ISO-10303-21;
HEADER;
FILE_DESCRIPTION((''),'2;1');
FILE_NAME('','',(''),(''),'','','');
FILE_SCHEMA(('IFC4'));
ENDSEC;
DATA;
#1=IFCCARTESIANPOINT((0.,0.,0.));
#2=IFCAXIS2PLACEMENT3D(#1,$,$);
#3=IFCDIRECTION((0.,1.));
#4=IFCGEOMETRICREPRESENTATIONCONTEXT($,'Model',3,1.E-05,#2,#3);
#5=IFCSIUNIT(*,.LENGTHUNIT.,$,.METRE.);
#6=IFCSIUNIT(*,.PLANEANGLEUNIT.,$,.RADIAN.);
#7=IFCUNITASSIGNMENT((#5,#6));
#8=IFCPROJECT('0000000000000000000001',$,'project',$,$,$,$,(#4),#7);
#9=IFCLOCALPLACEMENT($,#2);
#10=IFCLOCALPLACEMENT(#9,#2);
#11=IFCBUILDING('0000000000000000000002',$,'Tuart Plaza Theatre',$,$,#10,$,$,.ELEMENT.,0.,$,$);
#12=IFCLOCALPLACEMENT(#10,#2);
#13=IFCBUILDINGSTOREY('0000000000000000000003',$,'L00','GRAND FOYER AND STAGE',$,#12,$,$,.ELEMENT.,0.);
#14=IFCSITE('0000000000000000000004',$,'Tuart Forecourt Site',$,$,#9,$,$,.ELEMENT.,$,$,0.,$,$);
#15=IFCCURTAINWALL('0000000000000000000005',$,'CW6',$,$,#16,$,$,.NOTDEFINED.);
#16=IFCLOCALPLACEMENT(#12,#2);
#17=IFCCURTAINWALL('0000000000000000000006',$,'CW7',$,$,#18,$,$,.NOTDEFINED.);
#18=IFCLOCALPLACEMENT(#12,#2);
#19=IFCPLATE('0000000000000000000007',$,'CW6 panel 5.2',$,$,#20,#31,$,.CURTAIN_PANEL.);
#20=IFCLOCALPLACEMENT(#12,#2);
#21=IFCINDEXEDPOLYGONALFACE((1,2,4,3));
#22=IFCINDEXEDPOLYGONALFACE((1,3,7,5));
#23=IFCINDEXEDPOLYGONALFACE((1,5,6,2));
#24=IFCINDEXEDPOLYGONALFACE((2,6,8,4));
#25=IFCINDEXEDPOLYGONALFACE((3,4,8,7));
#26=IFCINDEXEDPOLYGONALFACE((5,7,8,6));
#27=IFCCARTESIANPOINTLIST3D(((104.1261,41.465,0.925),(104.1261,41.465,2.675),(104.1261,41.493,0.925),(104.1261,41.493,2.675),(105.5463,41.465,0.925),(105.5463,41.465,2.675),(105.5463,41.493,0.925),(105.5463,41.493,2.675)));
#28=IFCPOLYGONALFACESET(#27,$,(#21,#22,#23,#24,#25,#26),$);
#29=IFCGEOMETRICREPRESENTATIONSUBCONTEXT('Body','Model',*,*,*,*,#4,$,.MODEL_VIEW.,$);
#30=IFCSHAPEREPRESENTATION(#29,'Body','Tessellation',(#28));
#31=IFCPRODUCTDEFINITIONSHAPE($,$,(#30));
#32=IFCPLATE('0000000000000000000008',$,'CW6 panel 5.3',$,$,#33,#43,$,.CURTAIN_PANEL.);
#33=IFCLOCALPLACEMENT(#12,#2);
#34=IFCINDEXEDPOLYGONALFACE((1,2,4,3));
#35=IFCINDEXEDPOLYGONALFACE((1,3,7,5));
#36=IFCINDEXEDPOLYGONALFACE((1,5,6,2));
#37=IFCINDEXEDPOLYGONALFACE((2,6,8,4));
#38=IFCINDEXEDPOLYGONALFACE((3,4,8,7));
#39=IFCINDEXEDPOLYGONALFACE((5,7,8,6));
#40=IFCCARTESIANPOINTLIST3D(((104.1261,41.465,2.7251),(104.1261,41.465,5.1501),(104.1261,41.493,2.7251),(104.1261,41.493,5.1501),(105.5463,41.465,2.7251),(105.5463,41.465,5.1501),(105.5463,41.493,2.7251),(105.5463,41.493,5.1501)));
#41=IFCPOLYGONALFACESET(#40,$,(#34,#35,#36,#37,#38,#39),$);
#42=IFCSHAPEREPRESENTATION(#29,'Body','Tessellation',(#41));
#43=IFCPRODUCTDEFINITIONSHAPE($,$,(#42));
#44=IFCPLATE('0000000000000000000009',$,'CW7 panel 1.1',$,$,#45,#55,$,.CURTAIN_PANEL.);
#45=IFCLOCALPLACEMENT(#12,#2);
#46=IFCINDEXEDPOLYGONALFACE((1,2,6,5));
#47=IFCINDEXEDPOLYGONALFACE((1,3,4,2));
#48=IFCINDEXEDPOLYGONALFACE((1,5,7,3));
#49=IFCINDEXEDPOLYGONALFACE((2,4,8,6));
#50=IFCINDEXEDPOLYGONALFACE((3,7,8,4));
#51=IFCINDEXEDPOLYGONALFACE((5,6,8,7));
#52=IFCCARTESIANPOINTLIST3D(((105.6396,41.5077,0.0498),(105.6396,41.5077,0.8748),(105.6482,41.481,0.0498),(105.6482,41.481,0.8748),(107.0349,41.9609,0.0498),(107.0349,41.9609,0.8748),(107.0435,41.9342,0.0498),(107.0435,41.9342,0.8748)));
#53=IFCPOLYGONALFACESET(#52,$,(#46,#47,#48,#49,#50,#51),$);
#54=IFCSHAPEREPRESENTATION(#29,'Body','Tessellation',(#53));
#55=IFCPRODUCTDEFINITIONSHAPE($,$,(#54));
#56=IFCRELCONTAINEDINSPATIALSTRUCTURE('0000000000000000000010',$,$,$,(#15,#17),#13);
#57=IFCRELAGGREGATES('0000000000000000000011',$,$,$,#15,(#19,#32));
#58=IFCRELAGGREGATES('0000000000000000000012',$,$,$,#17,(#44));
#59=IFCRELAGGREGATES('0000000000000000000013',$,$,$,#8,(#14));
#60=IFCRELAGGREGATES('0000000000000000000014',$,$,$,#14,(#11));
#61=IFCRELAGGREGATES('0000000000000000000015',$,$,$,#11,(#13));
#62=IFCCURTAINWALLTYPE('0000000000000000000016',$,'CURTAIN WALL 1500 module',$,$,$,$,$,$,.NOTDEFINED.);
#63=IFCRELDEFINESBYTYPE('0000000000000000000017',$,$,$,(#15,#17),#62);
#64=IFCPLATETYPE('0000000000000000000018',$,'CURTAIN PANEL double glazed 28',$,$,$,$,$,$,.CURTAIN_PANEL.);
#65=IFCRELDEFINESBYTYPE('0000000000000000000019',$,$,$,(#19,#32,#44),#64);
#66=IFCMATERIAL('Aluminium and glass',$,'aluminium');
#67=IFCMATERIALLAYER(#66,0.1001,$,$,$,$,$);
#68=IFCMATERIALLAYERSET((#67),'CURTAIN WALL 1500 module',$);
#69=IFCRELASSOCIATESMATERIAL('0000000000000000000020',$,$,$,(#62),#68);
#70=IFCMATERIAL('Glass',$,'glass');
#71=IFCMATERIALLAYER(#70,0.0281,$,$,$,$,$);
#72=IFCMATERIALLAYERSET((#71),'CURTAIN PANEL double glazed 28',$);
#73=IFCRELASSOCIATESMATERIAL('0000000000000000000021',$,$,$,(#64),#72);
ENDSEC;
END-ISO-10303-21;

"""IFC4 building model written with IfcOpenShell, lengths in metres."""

from ifc_helpers import new_model, si_unit, direction, frame, origin, origin_2d, place, context, subcontext, project, spatial, rectangle, extrude, material, layer, layer_set, type_object, element, aggregate, save


model = new_model("IFC4")

# Units and contexts
model_context = context("Model", 3, precision=1e-05, world=origin(), true_north=direction((0.0, 1.0)))
body_context = subcontext(model_context, "Body", "Model", "MODEL_VIEW")
ifc_project = project(units=[si_unit("LENGTHUNIT", "METRE"), si_unit("PLANEANGLEUNIT", "RADIAN")], contexts=[model_context])

# Site, building, storey
site_placement = place(None, origin())
site = spatial("IfcSite", under=ifc_project, at=site_placement, Name="Tuart Forecourt Site", CompositionType="ELEMENT", RefElevation=0.0)
building_placement = place(site_placement, origin())
building = spatial("IfcBuilding", under=site, at=building_placement, Name="Tuart Plaza Theatre", CompositionType="ELEMENT", ElevationOfRefHeight=0.0)
storey_placement = place(building_placement, origin())
storey = spatial("IfcBuildingStorey", under=building, at=storey_placement, Name="L00", Description="GRAND FOYER AND STAGE", CompositionType="ELEMENT", Elevation=0.0)

# Curtain walls
ifc_material_1 = material(Name="Aluminium and glass", Category="aluminium")
ifc_layer_1 = layer(ifc_material_1, 0.1001)
ifc_layer_set_1 = layer_set([ifc_layer_1], Name="CURTAIN WALL 1500 module")
curtain_wall_type = type_object("IfcCurtainWallType", Name="CURTAIN WALL 1500 module", PredefinedType="NOTDEFINED", material=ifc_layer_set_1)
curtain_wall_1_placement = place(storey_placement, origin())
curtain_wall_1 = element("IfcCurtainWall", 1, at=curtain_wall_1_placement, inside=storey, type_object=curtain_wall_type, Name="CW6", PredefinedType="NOTDEFINED")
curtain_wall_2_placement = place(storey_placement, origin())
curtain_wall_2 = element("IfcCurtainWall", 2, at=curtain_wall_2_placement, inside=storey, type_object=curtain_wall_type, Name="CW7", PredefinedType="NOTDEFINED")

# Plates
ifc_material_2 = material(Name="Glass", Category="glass")
ifc_layer_2 = layer(ifc_material_2, 0.0281)
ifc_layer_set_2 = layer_set([ifc_layer_2], Name="CURTAIN PANEL double glazed 28")
plate_type = type_object("IfcPlateType", Name="CURTAIN PANEL double glazed 28", PredefinedType="CURTAIN_PANEL", material=ifc_layer_set_2)
plate_1_placement = place(storey_placement, frame((104.8362, 41.479, 0.925), z_axis=(0.0, 0.0, 1.0), x_axis=(1.0, 0.0, 0.0)))
plate_1 = element("IfcPlate", 3, at=plate_1_placement, type_object=plate_type, Name="CW6 panel 5.2", PredefinedType="CURTAIN_PANEL", context=body_context, shape_type="SweptSolid", body=[
    extrude(rectangle(XDim=1.4202, YDim=0.0281, at=origin_2d()), origin(), (0.0, 0.0, 1.0), 1.75),
])
plate_2_placement = place(storey_placement, frame((104.8362, 41.479, 2.7251), z_axis=(0.0, 0.0, 1.0), x_axis=(1.0, 0.0, 0.0)))
plate_2 = element("IfcPlate", 4, at=plate_2_placement, type_object=plate_type, Name="CW6 panel 5.3", PredefinedType="CURTAIN_PANEL", context=body_context, shape_type="SweptSolid", body=[
    extrude(rectangle(XDim=1.4202, YDim=0.0281, at=origin_2d()), origin(), (0.0, 0.0, 1.0), 2.425),
])
aggregate(curtain_wall_1, [plate_1, plate_2])
plate_3_placement = place(storey_placement, frame((106.3416, 41.7209, 0.0498), z_axis=(0.0, 0.0, 1.0), x_axis=(0.951099, 0.308885, 0.0)))
plate_3 = element("IfcPlate", 5, at=plate_3_placement, type_object=plate_type, Name="CW7 panel 1.1", PredefinedType="CURTAIN_PANEL", context=body_context, shape_type="SweptSolid", body=[
    extrude(rectangle(XDim=1.467, YDim=0.0281, at=origin_2d()), origin(), (0.0, 0.0, 1.0), 0.825),
])
aggregate(curtain_wall_2, [plate_3])

save(model, "model.ifc")
